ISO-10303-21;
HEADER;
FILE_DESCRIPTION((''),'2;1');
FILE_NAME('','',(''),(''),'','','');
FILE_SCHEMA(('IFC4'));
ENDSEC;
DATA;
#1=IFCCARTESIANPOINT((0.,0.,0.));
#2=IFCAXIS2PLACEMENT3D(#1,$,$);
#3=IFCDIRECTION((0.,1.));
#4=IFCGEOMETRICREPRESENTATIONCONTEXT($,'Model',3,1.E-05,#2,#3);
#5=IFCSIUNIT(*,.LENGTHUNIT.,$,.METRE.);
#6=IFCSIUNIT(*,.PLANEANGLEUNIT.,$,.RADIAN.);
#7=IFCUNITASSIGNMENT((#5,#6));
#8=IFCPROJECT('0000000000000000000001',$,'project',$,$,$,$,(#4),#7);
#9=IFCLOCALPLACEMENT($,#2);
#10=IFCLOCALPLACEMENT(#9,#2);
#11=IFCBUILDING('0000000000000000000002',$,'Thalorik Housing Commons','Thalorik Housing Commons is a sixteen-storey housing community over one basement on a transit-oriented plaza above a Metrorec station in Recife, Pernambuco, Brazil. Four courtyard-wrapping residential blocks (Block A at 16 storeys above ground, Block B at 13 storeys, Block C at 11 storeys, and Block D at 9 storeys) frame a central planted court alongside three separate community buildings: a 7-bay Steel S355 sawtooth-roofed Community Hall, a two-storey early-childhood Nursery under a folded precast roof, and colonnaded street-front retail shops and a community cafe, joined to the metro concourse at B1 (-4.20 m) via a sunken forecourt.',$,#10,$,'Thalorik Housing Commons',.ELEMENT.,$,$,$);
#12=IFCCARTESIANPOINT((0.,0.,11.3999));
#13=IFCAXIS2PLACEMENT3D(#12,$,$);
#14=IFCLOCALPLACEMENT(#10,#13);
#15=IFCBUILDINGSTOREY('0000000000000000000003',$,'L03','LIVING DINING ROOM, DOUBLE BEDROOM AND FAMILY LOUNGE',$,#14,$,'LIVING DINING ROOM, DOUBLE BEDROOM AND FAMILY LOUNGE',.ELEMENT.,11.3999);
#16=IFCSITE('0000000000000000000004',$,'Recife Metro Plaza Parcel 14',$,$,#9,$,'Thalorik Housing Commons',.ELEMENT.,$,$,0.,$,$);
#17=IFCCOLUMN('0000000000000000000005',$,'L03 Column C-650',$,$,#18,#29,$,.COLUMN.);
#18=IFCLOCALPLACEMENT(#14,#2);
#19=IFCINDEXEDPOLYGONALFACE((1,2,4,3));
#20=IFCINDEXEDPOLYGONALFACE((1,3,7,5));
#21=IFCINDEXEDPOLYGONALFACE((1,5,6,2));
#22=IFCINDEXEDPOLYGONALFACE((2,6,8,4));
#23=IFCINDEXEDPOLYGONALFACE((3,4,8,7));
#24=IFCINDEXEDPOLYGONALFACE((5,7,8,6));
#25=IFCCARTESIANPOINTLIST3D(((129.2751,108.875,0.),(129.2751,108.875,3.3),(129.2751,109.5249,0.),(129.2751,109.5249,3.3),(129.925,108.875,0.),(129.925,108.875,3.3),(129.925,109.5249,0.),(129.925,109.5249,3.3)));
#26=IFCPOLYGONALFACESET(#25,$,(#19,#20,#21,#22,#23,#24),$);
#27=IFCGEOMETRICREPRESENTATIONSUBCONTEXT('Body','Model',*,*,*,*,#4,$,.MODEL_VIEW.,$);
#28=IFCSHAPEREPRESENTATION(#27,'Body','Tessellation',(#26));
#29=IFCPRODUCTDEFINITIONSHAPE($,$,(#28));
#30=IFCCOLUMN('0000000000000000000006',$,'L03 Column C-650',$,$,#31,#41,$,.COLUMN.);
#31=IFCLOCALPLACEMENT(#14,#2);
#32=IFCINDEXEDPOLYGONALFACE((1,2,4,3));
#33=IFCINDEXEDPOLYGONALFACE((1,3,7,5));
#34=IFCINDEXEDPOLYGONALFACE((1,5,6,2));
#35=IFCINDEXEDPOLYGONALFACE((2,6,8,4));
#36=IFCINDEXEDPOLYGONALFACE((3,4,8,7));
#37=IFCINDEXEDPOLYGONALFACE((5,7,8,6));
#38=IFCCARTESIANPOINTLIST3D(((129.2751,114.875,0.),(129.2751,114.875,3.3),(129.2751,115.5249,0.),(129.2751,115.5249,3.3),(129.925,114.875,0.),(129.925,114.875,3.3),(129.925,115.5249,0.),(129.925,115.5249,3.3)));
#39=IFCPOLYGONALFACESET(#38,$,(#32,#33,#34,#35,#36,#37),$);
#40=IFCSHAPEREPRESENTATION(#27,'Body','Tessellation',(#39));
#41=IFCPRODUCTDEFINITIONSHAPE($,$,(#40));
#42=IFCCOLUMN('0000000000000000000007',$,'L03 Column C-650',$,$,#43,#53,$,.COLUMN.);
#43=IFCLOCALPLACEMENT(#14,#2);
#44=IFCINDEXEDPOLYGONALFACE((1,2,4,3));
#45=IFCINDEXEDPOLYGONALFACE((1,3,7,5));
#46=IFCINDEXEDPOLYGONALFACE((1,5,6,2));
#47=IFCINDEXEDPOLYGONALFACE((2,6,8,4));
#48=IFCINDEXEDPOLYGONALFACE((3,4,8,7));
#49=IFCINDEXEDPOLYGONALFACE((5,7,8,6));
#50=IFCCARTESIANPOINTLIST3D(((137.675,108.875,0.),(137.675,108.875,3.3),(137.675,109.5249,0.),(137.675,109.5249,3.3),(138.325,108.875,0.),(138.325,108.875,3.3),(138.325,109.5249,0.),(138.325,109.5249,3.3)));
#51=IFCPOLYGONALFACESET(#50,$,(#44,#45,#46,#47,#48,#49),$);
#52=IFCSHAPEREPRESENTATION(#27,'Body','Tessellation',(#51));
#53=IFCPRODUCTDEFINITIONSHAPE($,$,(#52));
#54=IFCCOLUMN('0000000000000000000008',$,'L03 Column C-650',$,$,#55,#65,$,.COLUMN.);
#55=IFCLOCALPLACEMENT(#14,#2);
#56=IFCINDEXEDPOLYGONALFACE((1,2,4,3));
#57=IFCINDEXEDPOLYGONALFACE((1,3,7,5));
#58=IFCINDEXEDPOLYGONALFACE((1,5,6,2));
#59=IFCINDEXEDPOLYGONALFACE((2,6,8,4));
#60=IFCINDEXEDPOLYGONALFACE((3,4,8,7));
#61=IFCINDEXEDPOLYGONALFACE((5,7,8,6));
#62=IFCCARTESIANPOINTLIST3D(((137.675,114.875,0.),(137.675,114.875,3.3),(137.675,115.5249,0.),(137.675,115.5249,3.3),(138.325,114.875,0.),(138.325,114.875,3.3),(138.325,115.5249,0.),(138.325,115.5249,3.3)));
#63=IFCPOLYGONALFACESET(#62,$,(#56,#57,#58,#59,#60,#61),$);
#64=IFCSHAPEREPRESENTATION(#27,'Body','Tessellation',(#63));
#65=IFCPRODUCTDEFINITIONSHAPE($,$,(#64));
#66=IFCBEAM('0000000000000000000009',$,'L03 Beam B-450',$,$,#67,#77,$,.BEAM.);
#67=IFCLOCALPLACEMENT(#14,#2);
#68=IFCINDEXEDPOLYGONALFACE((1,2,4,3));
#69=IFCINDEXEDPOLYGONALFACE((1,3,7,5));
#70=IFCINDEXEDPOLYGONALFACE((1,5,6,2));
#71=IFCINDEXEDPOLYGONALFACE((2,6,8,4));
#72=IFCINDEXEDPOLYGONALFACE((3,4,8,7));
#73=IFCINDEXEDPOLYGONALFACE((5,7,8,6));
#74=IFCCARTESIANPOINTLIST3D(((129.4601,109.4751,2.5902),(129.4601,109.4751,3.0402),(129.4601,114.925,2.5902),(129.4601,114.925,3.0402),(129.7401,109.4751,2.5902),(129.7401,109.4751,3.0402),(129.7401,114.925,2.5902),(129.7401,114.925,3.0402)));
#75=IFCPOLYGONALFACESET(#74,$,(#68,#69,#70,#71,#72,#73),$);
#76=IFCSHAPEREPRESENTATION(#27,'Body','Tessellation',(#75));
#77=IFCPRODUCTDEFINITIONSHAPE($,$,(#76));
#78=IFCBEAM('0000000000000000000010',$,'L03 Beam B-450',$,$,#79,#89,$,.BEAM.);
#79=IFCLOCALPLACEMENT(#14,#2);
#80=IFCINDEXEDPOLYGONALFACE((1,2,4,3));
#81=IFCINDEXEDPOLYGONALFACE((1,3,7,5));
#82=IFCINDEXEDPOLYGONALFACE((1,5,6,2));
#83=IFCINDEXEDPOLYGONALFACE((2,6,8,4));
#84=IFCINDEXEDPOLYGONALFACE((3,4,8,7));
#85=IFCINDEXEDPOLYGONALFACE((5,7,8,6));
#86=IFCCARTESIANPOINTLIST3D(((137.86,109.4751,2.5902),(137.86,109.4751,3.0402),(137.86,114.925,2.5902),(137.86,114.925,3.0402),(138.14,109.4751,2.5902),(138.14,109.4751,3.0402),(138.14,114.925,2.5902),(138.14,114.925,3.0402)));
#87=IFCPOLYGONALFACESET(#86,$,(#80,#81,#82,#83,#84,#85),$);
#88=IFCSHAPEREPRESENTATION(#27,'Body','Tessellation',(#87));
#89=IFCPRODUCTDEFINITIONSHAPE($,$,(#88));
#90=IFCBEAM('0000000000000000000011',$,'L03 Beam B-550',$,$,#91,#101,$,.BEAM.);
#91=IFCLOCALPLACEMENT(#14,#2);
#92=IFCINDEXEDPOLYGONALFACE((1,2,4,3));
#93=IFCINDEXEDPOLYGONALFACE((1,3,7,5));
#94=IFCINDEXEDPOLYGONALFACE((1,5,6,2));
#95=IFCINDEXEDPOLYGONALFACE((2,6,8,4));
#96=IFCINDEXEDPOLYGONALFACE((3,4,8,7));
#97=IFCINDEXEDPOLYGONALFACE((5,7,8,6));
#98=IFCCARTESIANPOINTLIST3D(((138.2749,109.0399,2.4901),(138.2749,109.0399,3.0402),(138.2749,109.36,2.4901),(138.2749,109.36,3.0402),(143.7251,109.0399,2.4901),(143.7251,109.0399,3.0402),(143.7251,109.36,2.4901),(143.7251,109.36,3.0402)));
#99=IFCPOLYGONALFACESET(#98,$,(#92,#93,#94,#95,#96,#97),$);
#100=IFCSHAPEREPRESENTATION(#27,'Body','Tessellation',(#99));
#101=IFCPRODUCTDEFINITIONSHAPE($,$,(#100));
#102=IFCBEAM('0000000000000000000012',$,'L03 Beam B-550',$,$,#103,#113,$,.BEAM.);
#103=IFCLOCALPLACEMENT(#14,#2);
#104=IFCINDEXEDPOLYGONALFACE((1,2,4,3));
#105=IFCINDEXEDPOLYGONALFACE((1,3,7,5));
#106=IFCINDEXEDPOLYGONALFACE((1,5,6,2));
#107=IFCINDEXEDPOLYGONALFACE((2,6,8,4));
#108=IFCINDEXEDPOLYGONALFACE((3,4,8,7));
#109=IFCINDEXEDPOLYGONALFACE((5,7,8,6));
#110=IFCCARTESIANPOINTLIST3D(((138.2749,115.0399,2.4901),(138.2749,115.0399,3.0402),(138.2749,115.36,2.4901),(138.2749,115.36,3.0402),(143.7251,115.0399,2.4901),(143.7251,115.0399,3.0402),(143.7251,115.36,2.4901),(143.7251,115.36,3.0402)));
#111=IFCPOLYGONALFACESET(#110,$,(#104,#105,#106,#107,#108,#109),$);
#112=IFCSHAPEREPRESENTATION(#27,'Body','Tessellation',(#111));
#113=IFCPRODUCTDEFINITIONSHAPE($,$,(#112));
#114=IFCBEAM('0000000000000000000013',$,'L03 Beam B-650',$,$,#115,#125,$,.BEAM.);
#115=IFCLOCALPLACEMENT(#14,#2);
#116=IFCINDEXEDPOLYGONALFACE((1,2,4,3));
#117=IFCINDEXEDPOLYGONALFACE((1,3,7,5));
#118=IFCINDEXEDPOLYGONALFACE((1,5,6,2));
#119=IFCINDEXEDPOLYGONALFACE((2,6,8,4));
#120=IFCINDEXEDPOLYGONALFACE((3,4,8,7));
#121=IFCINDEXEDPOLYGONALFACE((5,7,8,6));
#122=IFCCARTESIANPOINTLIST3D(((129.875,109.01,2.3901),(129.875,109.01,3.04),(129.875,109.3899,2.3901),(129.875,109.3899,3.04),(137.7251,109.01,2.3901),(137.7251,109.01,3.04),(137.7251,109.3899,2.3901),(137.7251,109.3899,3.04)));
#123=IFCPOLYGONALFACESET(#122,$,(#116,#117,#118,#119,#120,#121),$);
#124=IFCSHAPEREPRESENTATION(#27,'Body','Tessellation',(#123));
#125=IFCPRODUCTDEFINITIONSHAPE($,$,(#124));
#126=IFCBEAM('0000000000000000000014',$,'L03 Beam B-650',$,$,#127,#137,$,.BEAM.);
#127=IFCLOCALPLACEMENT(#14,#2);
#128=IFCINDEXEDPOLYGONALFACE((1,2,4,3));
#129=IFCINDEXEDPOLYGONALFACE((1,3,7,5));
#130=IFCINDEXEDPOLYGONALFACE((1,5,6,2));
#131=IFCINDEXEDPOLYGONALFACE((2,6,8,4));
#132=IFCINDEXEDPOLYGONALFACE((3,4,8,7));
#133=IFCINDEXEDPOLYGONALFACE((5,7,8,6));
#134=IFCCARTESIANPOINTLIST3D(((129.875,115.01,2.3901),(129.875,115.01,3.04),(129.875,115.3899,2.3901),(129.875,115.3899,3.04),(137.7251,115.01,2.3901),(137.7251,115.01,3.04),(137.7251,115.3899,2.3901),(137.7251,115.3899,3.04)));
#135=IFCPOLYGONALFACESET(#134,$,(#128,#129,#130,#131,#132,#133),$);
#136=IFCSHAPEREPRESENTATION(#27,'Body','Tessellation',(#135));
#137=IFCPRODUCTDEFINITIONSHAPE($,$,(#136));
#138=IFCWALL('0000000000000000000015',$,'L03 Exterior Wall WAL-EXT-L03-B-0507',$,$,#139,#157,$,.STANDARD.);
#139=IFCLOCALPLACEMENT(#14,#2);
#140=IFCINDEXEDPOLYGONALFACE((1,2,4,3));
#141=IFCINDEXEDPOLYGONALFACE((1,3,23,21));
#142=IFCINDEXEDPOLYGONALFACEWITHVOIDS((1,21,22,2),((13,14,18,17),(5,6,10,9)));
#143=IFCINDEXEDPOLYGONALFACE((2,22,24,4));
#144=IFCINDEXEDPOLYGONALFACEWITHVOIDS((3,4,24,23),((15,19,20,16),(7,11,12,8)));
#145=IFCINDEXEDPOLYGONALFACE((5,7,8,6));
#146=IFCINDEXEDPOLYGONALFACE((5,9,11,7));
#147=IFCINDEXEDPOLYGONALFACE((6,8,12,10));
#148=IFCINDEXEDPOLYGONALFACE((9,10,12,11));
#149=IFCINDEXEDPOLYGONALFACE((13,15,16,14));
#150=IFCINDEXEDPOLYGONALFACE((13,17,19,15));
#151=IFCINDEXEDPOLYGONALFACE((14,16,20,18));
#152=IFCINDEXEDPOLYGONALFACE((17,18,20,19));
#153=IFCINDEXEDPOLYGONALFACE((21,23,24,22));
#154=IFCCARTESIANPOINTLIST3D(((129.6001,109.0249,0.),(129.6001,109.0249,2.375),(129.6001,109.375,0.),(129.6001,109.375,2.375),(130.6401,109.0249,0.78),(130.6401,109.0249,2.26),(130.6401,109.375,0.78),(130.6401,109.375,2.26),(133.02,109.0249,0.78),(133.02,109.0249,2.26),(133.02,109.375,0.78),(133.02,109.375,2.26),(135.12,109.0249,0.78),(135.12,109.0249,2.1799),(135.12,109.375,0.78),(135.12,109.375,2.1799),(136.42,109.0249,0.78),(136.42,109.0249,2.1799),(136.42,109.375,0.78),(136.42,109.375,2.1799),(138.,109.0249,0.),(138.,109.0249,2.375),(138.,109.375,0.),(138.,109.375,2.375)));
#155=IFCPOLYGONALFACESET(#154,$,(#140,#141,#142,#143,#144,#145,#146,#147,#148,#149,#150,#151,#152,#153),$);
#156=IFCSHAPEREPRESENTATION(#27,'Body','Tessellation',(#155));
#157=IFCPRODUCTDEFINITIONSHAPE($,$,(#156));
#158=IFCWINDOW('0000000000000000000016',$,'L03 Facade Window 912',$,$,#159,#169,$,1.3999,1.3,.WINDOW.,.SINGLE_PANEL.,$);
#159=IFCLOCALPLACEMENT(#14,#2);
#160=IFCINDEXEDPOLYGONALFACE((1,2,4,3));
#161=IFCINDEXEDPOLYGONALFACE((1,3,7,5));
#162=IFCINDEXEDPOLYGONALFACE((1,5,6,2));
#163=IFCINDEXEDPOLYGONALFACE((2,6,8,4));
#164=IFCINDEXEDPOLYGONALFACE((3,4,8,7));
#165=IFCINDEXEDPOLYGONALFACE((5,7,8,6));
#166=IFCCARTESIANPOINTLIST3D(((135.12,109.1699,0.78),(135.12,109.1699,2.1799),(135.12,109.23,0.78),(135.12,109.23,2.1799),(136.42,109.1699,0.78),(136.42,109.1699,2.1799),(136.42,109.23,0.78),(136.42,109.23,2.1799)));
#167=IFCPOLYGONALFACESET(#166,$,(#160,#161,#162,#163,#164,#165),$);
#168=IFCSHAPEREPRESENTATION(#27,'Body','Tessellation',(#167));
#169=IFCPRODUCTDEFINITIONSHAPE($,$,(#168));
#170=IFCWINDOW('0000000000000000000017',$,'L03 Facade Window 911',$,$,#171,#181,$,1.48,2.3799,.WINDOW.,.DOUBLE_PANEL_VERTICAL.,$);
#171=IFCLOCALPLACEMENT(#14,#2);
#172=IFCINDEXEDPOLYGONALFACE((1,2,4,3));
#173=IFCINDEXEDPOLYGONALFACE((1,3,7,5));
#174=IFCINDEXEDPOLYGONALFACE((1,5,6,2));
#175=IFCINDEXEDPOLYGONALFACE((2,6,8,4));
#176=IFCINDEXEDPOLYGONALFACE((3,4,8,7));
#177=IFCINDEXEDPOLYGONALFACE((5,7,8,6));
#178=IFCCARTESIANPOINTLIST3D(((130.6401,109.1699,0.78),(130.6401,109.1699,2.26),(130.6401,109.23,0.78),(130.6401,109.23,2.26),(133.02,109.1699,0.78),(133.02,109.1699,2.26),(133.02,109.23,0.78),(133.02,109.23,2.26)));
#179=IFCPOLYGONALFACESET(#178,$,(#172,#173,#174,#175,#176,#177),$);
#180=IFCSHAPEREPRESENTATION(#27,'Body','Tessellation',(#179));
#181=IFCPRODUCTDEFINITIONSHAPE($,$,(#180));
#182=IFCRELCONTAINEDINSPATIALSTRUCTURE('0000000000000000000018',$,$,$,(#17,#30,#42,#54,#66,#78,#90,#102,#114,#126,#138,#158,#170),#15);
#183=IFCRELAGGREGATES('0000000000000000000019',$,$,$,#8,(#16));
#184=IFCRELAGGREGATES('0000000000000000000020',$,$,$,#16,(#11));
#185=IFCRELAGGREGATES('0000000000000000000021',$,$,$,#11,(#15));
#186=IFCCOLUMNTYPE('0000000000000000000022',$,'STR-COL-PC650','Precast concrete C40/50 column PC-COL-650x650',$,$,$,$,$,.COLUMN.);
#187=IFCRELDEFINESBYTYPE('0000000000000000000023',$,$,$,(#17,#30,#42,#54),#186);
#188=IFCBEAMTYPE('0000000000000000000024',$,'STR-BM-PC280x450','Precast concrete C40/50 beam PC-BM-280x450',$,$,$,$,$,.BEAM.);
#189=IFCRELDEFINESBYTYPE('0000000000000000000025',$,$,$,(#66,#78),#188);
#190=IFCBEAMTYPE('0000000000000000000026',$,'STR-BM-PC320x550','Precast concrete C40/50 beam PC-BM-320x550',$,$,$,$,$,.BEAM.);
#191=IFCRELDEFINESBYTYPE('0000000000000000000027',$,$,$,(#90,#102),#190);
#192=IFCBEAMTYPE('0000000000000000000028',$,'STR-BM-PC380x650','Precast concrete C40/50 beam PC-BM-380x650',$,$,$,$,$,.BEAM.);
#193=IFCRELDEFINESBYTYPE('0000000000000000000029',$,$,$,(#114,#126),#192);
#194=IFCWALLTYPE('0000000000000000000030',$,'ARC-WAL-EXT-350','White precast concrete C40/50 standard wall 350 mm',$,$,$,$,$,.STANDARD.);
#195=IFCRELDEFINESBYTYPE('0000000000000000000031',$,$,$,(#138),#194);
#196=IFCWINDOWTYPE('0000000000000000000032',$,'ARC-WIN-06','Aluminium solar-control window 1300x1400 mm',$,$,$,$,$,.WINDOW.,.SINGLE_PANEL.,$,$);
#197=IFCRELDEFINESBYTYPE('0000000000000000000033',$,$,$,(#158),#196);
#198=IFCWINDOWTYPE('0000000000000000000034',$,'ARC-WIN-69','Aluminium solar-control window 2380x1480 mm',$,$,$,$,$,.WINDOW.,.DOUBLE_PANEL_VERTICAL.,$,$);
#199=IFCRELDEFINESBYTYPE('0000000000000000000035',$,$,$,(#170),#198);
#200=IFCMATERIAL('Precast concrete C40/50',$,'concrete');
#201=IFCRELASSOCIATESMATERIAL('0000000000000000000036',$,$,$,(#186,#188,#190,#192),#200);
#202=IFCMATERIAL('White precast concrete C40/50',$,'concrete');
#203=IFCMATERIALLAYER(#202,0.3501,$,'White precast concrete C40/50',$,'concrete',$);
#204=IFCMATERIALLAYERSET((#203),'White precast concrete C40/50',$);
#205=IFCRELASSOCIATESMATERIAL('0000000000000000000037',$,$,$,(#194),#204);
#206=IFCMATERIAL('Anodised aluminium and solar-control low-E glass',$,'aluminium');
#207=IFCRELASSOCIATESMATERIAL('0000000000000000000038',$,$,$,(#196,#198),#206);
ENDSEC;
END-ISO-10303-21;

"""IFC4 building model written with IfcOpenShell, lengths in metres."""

from ifc_helpers import new_model, si_unit, direction, frame, frame_2d, origin, origin_2d, place, context, subcontext, project, spatial, rectangle, extrude, material, layer, layer_set, material_profile, profile_set, type_object, element, fill, save


model = new_model("IFC4")

# Units and contexts
model_context = context("Model", 3, precision=1e-05, world=origin(), true_north=direction((0.0, 1.0)))
body_context = subcontext(model_context, "Body", "Model", "MODEL_VIEW")
ifc_project = project(units=[si_unit("LENGTHUNIT", "METRE"), si_unit("PLANEANGLEUNIT", "RADIAN")], contexts=[model_context])

# Site, building, storey
site_placement = place(None, origin())
site = spatial("IfcSite", under=ifc_project, at=site_placement, Name="Recife Metro Plaza Parcel 14", LongName="Thalorik Housing Commons", CompositionType="ELEMENT", RefElevation=0.0)
building_placement = place(site_placement, origin())
building = spatial("IfcBuilding", under=site, at=building_placement, Name="Thalorik Housing Commons", Description="Thalorik Housing Commons is a sixteen-storey housing community over one basement on a transit-oriented plaza above a Metrorec station in Recife, Pernambuco, Brazil. Four courtyard-wrapping residential blocks (Block A at 16 storeys above ground, Block B at 13 storeys, Block C at 11 storeys, and Block D at 9 storeys) frame a central planted court alongside three separate community buildings: a 7-bay Steel S355 sawtooth-roofed Community Hall, a two-storey early-childhood Nursery under a folded precast roof, and colonnaded street-front retail shops and a community cafe, joined to the metro concourse at B1 (-4.20 m) via a sunken forecourt.", LongName="Thalorik Housing Commons", CompositionType="ELEMENT")
storey_placement = place(building_placement, frame((0.0, 0.0, 11.3999)))
storey = spatial("IfcBuildingStorey", under=building, at=storey_placement, Name="L03", Description="LIVING DINING ROOM, DOUBLE BEDROOM AND FAMILY LOUNGE", LongName="LIVING DINING ROOM, DOUBLE BEDROOM AND FAMILY LOUNGE", CompositionType="ELEMENT", Elevation=11.3999)

# Columns
ifc_material_1 = material(Name="Precast concrete C40/50", Category="concrete")
ifc_material_profile_1 = material_profile(ifc_material_1, rectangle(XDim=0.6499, YDim=0.6499, at=origin_2d()), Name="PC 650x650", Category="concrete")
ifc_profile_set_1 = profile_set([ifc_material_profile_1], Name="Precast concrete C40/50")
column_type = type_object("IfcColumnType", Name="STR-COL-PC650", Description="Precast concrete C40/50 column PC-COL-650x650", PredefinedType="COLUMN", material=ifc_profile_set_1)
for number, where, z_axis, x_axis, name in (
    (1, (129.6001, 109.2, 0.0), (0.0, 0.0, 1.0), (1.0, 0.0, 0.0), "L03 Column C-650"),
    (2, (129.6001, 115.2, 0.0), (0.0, 0.0, 1.0), (1.0, 0.0, 0.0), "L03 Column C-650"),
    (3, (138.0, 109.2, 0.0), (0.0, 0.0, 1.0), (1.0, 0.0, 0.0), "L03 Column C-650"),
    (4, (138.0, 115.2, 0.0), (0.0, 0.0, 1.0), (1.0, 0.0, 0.0), "L03 Column C-650"),
):
    element("IfcColumn", number, at=place(storey_placement, frame(where, z_axis=z_axis, x_axis=x_axis)), inside=storey, type_object=column_type, Name=name, PredefinedType="COLUMN", context=body_context, shape_type="SweptSolid", body=[
        extrude(rectangle(XDim=0.6499, YDim=0.6499, at=origin_2d()), origin(), (0.0, 0.0, 1.0), 3.3),
    ])

# Beams
ifc_material_profile_2 = material_profile(ifc_material_1, rectangle(XDim=0.28, YDim=0.45, at=origin_2d()), Name="PC 280x450", Category="concrete")
ifc_profile_set_2 = profile_set([ifc_material_profile_2], Name="Precast concrete C40/50")
beam_type_1 = type_object("IfcBeamType", Name="STR-BM-PC280x450", Description="Precast concrete C40/50 beam PC-BM-280x450", PredefinedType="BEAM", material=ifc_profile_set_2)
for number, where, z_axis, x_axis, name in (
    (5, (129.6001, 109.4751, 2.8152), (0.0, 1.0, 0.0), (-1.0, 0.0, 0.0), "L03 Beam B-450"),
    (6, (138.0, 109.4751, 2.8152), (0.0, 1.0, 0.0), (-1.0, 0.0, 0.0), "L03 Beam B-450"),
):
    element("IfcBeam", number, at=place(storey_placement, frame(where, z_axis=z_axis, x_axis=x_axis)), inside=storey, type_object=beam_type_1, Name=name, PredefinedType="BEAM", context=body_context, shape_type="SweptSolid", body=[
        extrude(rectangle(XDim=0.28, YDim=0.45, at=origin_2d()), origin(), (0.0, 0.0, 1.0), 5.45),
    ])
ifc_material_profile_3 = material_profile(ifc_material_1, rectangle(XDim=0.3201, YDim=0.55, at=origin_2d()), Name="PC 320x550", Category="concrete")
ifc_profile_set_3 = profile_set([ifc_material_profile_3], Name="Precast concrete C40/50")
beam_type_2 = type_object("IfcBeamType", Name="STR-BM-PC320x550", Description="Precast concrete C40/50 beam PC-BM-320x550", PredefinedType="BEAM", material=ifc_profile_set_3)
for number, where, z_axis, x_axis, name in (
    (7, (138.2749, 109.2, 2.7651), (1.0, 0.0, 0.0), (0.0, 1.0, 0.0), "L03 Beam B-550"),
    (8, (138.2749, 115.2, 2.7651), (1.0, 0.0, 0.0), (0.0, 1.0, 0.0), "L03 Beam B-550"),
):
    element("IfcBeam", number, at=place(storey_placement, frame(where, z_axis=z_axis, x_axis=x_axis)), inside=storey, type_object=beam_type_2, Name=name, PredefinedType="BEAM", context=body_context, shape_type="SweptSolid", body=[
        extrude(rectangle(XDim=0.3201, YDim=0.55, at=origin_2d()), origin(), (0.0, 0.0, 1.0), 5.4502),
    ])
ifc_material_profile_4 = material_profile(ifc_material_1, rectangle(XDim=0.3799, YDim=0.6499, at=origin_2d()), Name="PC 380x650", Category="concrete")
ifc_profile_set_4 = profile_set([ifc_material_profile_4], Name="Precast concrete C40/50")
beam_type_3 = type_object("IfcBeamType", Name="STR-BM-PC380x650", Description="Precast concrete C40/50 beam PC-BM-380x650", PredefinedType="BEAM", material=ifc_profile_set_4)
for number, where, z_axis, x_axis, name in (
    (9, (129.875, 109.2, 2.7151), (1.0, 0.0, 0.0), (0.0, 1.0, 0.0), "L03 Beam B-650"),
    (10, (129.875, 115.2, 2.7151), (1.0, 0.0, 0.0), (0.0, 1.0, 0.0), "L03 Beam B-650"),
):
    element("IfcBeam", number, at=place(storey_placement, frame(where, z_axis=z_axis, x_axis=x_axis)), inside=storey, type_object=beam_type_3, Name=name, PredefinedType="BEAM", context=body_context, shape_type="SweptSolid", body=[
        extrude(rectangle(XDim=0.3799, YDim=0.6499, at=origin_2d()), origin(), (0.0, 0.0, 1.0), 7.8501),
    ])

# Wall, openings, windows
ifc_material_2 = material(Name="White precast concrete C40/50", Category="concrete")
ifc_layer_1 = layer(ifc_material_2, 0.3501, Name="White precast concrete C40/50", Category="concrete")
ifc_layer_set_1 = layer_set([ifc_layer_1], Name="White precast concrete C40/50")
wall_type_1 = type_object("IfcWallType", Name="ARC-WAL-EXT-350", Description="White precast concrete C40/50 standard wall 350 mm", PredefinedType="STANDARD", material=ifc_layer_set_1)
wall_1_placement = place(storey_placement, frame((129.6001, 109.2, 0.0), z_axis=(0.0, 0.0, 1.0), x_axis=(1.0, 0.0, 0.0)))
wall_1 = element("IfcWall", 11, at=wall_1_placement, inside=storey, type_object=wall_type_1, Name="L03 Exterior Wall WAL-EXT-L03-B-0507", PredefinedType="STANDARD", context=body_context, shape_type="SweptSolid", body=[
    extrude(rectangle(XDim=8.3999, YDim=0.3501, at=frame_2d((4.2, 0.0))), origin(), (0.0, 0.0, 1.0), 2.375),
])
opening_1_placement = place(wall_1_placement, frame((1.04, 0.0, 0.78)))
opening_1 = element("IfcOpeningElement", 12, at=opening_1_placement, cuts=wall_1, PredefinedType="OPENING", context=body_context, shape_type="SweptSolid", body=[
    extrude(rectangle(XDim=2.3799, YDim=1.48, at=frame_2d((1.1899, 0.74))), frame((0.0, 0.1851, 0.0), z_axis=(0.0, -1.0, 0.0), x_axis=(1.0, 0.0, 0.0)), (0.0, 0.0, 1.0), 0.3701),
])
opening_2_placement = place(wall_1_placement, frame((5.52, 0.0, 0.78)))
opening_2 = element("IfcOpeningElement", 13, at=opening_2_placement, cuts=wall_1, PredefinedType="OPENING", context=body_context, shape_type="SweptSolid", body=[
    extrude(rectangle(XDim=1.3, YDim=1.3999, at=frame_2d((0.6499, 0.7))), frame((0.0, 0.1851, 0.0), z_axis=(0.0, -1.0, 0.0), x_axis=(1.0, 0.0, 0.0)), (0.0, 0.0, 1.0), 0.3701),
])
ifc_material_3 = material(Name="Anodised aluminium and solar-control low-E glass", Category="aluminium")
window_type_1 = type_object("IfcWindowType", Name="ARC-WIN-06", Description="Aluminium solar-control window 1300x1400 mm", PartitioningType="SINGLE_PANEL", PredefinedType="WINDOW", material=ifc_material_3)
window_1_placement = place(opening_2_placement, origin())
window_1 = element("IfcWindow", 14, at=window_1_placement, inside=storey, type_object=window_type_1, Name="L03 Facade Window 912", OverallHeight=1.3999, OverallWidth=1.3, PartitioningType="SINGLE_PANEL", PredefinedType="WINDOW", context=body_context, shape_type="SweptSolid", body=[
    extrude(rectangle(XDim=1.3, YDim=1.3999, at=frame_2d((0.6499, 0.7))), frame((0.0, 0.03, 0.0), z_axis=(0.0, -1.0, 0.0), x_axis=(1.0, 0.0, 0.0)), (0.0, 0.0, 1.0), 0.0601),
])
fill(opening_2, window_1)
window_type_2 = type_object("IfcWindowType", Name="ARC-WIN-69", Description="Aluminium solar-control window 2380x1480 mm", PartitioningType="DOUBLE_PANEL_VERTICAL", PredefinedType="WINDOW", material=ifc_material_3)
window_2_placement = place(opening_1_placement, origin())
window_2 = element("IfcWindow", 15, at=window_2_placement, inside=storey, type_object=window_type_2, Name="L03 Facade Window 911", OverallHeight=1.48, OverallWidth=2.3799, PartitioningType="DOUBLE_PANEL_VERTICAL", PredefinedType="WINDOW", context=body_context, shape_type="SweptSolid", body=[
    extrude(rectangle(XDim=2.3799, YDim=1.48, at=frame_2d((1.1899, 0.74))), frame((0.0, 0.03, 0.0), z_axis=(0.0, -1.0, 0.0), x_axis=(1.0, 0.0, 0.0)), (0.0, 0.0, 1.0), 0.0601),
])
fill(opening_1, window_2)

save(model, "model.ifc")
